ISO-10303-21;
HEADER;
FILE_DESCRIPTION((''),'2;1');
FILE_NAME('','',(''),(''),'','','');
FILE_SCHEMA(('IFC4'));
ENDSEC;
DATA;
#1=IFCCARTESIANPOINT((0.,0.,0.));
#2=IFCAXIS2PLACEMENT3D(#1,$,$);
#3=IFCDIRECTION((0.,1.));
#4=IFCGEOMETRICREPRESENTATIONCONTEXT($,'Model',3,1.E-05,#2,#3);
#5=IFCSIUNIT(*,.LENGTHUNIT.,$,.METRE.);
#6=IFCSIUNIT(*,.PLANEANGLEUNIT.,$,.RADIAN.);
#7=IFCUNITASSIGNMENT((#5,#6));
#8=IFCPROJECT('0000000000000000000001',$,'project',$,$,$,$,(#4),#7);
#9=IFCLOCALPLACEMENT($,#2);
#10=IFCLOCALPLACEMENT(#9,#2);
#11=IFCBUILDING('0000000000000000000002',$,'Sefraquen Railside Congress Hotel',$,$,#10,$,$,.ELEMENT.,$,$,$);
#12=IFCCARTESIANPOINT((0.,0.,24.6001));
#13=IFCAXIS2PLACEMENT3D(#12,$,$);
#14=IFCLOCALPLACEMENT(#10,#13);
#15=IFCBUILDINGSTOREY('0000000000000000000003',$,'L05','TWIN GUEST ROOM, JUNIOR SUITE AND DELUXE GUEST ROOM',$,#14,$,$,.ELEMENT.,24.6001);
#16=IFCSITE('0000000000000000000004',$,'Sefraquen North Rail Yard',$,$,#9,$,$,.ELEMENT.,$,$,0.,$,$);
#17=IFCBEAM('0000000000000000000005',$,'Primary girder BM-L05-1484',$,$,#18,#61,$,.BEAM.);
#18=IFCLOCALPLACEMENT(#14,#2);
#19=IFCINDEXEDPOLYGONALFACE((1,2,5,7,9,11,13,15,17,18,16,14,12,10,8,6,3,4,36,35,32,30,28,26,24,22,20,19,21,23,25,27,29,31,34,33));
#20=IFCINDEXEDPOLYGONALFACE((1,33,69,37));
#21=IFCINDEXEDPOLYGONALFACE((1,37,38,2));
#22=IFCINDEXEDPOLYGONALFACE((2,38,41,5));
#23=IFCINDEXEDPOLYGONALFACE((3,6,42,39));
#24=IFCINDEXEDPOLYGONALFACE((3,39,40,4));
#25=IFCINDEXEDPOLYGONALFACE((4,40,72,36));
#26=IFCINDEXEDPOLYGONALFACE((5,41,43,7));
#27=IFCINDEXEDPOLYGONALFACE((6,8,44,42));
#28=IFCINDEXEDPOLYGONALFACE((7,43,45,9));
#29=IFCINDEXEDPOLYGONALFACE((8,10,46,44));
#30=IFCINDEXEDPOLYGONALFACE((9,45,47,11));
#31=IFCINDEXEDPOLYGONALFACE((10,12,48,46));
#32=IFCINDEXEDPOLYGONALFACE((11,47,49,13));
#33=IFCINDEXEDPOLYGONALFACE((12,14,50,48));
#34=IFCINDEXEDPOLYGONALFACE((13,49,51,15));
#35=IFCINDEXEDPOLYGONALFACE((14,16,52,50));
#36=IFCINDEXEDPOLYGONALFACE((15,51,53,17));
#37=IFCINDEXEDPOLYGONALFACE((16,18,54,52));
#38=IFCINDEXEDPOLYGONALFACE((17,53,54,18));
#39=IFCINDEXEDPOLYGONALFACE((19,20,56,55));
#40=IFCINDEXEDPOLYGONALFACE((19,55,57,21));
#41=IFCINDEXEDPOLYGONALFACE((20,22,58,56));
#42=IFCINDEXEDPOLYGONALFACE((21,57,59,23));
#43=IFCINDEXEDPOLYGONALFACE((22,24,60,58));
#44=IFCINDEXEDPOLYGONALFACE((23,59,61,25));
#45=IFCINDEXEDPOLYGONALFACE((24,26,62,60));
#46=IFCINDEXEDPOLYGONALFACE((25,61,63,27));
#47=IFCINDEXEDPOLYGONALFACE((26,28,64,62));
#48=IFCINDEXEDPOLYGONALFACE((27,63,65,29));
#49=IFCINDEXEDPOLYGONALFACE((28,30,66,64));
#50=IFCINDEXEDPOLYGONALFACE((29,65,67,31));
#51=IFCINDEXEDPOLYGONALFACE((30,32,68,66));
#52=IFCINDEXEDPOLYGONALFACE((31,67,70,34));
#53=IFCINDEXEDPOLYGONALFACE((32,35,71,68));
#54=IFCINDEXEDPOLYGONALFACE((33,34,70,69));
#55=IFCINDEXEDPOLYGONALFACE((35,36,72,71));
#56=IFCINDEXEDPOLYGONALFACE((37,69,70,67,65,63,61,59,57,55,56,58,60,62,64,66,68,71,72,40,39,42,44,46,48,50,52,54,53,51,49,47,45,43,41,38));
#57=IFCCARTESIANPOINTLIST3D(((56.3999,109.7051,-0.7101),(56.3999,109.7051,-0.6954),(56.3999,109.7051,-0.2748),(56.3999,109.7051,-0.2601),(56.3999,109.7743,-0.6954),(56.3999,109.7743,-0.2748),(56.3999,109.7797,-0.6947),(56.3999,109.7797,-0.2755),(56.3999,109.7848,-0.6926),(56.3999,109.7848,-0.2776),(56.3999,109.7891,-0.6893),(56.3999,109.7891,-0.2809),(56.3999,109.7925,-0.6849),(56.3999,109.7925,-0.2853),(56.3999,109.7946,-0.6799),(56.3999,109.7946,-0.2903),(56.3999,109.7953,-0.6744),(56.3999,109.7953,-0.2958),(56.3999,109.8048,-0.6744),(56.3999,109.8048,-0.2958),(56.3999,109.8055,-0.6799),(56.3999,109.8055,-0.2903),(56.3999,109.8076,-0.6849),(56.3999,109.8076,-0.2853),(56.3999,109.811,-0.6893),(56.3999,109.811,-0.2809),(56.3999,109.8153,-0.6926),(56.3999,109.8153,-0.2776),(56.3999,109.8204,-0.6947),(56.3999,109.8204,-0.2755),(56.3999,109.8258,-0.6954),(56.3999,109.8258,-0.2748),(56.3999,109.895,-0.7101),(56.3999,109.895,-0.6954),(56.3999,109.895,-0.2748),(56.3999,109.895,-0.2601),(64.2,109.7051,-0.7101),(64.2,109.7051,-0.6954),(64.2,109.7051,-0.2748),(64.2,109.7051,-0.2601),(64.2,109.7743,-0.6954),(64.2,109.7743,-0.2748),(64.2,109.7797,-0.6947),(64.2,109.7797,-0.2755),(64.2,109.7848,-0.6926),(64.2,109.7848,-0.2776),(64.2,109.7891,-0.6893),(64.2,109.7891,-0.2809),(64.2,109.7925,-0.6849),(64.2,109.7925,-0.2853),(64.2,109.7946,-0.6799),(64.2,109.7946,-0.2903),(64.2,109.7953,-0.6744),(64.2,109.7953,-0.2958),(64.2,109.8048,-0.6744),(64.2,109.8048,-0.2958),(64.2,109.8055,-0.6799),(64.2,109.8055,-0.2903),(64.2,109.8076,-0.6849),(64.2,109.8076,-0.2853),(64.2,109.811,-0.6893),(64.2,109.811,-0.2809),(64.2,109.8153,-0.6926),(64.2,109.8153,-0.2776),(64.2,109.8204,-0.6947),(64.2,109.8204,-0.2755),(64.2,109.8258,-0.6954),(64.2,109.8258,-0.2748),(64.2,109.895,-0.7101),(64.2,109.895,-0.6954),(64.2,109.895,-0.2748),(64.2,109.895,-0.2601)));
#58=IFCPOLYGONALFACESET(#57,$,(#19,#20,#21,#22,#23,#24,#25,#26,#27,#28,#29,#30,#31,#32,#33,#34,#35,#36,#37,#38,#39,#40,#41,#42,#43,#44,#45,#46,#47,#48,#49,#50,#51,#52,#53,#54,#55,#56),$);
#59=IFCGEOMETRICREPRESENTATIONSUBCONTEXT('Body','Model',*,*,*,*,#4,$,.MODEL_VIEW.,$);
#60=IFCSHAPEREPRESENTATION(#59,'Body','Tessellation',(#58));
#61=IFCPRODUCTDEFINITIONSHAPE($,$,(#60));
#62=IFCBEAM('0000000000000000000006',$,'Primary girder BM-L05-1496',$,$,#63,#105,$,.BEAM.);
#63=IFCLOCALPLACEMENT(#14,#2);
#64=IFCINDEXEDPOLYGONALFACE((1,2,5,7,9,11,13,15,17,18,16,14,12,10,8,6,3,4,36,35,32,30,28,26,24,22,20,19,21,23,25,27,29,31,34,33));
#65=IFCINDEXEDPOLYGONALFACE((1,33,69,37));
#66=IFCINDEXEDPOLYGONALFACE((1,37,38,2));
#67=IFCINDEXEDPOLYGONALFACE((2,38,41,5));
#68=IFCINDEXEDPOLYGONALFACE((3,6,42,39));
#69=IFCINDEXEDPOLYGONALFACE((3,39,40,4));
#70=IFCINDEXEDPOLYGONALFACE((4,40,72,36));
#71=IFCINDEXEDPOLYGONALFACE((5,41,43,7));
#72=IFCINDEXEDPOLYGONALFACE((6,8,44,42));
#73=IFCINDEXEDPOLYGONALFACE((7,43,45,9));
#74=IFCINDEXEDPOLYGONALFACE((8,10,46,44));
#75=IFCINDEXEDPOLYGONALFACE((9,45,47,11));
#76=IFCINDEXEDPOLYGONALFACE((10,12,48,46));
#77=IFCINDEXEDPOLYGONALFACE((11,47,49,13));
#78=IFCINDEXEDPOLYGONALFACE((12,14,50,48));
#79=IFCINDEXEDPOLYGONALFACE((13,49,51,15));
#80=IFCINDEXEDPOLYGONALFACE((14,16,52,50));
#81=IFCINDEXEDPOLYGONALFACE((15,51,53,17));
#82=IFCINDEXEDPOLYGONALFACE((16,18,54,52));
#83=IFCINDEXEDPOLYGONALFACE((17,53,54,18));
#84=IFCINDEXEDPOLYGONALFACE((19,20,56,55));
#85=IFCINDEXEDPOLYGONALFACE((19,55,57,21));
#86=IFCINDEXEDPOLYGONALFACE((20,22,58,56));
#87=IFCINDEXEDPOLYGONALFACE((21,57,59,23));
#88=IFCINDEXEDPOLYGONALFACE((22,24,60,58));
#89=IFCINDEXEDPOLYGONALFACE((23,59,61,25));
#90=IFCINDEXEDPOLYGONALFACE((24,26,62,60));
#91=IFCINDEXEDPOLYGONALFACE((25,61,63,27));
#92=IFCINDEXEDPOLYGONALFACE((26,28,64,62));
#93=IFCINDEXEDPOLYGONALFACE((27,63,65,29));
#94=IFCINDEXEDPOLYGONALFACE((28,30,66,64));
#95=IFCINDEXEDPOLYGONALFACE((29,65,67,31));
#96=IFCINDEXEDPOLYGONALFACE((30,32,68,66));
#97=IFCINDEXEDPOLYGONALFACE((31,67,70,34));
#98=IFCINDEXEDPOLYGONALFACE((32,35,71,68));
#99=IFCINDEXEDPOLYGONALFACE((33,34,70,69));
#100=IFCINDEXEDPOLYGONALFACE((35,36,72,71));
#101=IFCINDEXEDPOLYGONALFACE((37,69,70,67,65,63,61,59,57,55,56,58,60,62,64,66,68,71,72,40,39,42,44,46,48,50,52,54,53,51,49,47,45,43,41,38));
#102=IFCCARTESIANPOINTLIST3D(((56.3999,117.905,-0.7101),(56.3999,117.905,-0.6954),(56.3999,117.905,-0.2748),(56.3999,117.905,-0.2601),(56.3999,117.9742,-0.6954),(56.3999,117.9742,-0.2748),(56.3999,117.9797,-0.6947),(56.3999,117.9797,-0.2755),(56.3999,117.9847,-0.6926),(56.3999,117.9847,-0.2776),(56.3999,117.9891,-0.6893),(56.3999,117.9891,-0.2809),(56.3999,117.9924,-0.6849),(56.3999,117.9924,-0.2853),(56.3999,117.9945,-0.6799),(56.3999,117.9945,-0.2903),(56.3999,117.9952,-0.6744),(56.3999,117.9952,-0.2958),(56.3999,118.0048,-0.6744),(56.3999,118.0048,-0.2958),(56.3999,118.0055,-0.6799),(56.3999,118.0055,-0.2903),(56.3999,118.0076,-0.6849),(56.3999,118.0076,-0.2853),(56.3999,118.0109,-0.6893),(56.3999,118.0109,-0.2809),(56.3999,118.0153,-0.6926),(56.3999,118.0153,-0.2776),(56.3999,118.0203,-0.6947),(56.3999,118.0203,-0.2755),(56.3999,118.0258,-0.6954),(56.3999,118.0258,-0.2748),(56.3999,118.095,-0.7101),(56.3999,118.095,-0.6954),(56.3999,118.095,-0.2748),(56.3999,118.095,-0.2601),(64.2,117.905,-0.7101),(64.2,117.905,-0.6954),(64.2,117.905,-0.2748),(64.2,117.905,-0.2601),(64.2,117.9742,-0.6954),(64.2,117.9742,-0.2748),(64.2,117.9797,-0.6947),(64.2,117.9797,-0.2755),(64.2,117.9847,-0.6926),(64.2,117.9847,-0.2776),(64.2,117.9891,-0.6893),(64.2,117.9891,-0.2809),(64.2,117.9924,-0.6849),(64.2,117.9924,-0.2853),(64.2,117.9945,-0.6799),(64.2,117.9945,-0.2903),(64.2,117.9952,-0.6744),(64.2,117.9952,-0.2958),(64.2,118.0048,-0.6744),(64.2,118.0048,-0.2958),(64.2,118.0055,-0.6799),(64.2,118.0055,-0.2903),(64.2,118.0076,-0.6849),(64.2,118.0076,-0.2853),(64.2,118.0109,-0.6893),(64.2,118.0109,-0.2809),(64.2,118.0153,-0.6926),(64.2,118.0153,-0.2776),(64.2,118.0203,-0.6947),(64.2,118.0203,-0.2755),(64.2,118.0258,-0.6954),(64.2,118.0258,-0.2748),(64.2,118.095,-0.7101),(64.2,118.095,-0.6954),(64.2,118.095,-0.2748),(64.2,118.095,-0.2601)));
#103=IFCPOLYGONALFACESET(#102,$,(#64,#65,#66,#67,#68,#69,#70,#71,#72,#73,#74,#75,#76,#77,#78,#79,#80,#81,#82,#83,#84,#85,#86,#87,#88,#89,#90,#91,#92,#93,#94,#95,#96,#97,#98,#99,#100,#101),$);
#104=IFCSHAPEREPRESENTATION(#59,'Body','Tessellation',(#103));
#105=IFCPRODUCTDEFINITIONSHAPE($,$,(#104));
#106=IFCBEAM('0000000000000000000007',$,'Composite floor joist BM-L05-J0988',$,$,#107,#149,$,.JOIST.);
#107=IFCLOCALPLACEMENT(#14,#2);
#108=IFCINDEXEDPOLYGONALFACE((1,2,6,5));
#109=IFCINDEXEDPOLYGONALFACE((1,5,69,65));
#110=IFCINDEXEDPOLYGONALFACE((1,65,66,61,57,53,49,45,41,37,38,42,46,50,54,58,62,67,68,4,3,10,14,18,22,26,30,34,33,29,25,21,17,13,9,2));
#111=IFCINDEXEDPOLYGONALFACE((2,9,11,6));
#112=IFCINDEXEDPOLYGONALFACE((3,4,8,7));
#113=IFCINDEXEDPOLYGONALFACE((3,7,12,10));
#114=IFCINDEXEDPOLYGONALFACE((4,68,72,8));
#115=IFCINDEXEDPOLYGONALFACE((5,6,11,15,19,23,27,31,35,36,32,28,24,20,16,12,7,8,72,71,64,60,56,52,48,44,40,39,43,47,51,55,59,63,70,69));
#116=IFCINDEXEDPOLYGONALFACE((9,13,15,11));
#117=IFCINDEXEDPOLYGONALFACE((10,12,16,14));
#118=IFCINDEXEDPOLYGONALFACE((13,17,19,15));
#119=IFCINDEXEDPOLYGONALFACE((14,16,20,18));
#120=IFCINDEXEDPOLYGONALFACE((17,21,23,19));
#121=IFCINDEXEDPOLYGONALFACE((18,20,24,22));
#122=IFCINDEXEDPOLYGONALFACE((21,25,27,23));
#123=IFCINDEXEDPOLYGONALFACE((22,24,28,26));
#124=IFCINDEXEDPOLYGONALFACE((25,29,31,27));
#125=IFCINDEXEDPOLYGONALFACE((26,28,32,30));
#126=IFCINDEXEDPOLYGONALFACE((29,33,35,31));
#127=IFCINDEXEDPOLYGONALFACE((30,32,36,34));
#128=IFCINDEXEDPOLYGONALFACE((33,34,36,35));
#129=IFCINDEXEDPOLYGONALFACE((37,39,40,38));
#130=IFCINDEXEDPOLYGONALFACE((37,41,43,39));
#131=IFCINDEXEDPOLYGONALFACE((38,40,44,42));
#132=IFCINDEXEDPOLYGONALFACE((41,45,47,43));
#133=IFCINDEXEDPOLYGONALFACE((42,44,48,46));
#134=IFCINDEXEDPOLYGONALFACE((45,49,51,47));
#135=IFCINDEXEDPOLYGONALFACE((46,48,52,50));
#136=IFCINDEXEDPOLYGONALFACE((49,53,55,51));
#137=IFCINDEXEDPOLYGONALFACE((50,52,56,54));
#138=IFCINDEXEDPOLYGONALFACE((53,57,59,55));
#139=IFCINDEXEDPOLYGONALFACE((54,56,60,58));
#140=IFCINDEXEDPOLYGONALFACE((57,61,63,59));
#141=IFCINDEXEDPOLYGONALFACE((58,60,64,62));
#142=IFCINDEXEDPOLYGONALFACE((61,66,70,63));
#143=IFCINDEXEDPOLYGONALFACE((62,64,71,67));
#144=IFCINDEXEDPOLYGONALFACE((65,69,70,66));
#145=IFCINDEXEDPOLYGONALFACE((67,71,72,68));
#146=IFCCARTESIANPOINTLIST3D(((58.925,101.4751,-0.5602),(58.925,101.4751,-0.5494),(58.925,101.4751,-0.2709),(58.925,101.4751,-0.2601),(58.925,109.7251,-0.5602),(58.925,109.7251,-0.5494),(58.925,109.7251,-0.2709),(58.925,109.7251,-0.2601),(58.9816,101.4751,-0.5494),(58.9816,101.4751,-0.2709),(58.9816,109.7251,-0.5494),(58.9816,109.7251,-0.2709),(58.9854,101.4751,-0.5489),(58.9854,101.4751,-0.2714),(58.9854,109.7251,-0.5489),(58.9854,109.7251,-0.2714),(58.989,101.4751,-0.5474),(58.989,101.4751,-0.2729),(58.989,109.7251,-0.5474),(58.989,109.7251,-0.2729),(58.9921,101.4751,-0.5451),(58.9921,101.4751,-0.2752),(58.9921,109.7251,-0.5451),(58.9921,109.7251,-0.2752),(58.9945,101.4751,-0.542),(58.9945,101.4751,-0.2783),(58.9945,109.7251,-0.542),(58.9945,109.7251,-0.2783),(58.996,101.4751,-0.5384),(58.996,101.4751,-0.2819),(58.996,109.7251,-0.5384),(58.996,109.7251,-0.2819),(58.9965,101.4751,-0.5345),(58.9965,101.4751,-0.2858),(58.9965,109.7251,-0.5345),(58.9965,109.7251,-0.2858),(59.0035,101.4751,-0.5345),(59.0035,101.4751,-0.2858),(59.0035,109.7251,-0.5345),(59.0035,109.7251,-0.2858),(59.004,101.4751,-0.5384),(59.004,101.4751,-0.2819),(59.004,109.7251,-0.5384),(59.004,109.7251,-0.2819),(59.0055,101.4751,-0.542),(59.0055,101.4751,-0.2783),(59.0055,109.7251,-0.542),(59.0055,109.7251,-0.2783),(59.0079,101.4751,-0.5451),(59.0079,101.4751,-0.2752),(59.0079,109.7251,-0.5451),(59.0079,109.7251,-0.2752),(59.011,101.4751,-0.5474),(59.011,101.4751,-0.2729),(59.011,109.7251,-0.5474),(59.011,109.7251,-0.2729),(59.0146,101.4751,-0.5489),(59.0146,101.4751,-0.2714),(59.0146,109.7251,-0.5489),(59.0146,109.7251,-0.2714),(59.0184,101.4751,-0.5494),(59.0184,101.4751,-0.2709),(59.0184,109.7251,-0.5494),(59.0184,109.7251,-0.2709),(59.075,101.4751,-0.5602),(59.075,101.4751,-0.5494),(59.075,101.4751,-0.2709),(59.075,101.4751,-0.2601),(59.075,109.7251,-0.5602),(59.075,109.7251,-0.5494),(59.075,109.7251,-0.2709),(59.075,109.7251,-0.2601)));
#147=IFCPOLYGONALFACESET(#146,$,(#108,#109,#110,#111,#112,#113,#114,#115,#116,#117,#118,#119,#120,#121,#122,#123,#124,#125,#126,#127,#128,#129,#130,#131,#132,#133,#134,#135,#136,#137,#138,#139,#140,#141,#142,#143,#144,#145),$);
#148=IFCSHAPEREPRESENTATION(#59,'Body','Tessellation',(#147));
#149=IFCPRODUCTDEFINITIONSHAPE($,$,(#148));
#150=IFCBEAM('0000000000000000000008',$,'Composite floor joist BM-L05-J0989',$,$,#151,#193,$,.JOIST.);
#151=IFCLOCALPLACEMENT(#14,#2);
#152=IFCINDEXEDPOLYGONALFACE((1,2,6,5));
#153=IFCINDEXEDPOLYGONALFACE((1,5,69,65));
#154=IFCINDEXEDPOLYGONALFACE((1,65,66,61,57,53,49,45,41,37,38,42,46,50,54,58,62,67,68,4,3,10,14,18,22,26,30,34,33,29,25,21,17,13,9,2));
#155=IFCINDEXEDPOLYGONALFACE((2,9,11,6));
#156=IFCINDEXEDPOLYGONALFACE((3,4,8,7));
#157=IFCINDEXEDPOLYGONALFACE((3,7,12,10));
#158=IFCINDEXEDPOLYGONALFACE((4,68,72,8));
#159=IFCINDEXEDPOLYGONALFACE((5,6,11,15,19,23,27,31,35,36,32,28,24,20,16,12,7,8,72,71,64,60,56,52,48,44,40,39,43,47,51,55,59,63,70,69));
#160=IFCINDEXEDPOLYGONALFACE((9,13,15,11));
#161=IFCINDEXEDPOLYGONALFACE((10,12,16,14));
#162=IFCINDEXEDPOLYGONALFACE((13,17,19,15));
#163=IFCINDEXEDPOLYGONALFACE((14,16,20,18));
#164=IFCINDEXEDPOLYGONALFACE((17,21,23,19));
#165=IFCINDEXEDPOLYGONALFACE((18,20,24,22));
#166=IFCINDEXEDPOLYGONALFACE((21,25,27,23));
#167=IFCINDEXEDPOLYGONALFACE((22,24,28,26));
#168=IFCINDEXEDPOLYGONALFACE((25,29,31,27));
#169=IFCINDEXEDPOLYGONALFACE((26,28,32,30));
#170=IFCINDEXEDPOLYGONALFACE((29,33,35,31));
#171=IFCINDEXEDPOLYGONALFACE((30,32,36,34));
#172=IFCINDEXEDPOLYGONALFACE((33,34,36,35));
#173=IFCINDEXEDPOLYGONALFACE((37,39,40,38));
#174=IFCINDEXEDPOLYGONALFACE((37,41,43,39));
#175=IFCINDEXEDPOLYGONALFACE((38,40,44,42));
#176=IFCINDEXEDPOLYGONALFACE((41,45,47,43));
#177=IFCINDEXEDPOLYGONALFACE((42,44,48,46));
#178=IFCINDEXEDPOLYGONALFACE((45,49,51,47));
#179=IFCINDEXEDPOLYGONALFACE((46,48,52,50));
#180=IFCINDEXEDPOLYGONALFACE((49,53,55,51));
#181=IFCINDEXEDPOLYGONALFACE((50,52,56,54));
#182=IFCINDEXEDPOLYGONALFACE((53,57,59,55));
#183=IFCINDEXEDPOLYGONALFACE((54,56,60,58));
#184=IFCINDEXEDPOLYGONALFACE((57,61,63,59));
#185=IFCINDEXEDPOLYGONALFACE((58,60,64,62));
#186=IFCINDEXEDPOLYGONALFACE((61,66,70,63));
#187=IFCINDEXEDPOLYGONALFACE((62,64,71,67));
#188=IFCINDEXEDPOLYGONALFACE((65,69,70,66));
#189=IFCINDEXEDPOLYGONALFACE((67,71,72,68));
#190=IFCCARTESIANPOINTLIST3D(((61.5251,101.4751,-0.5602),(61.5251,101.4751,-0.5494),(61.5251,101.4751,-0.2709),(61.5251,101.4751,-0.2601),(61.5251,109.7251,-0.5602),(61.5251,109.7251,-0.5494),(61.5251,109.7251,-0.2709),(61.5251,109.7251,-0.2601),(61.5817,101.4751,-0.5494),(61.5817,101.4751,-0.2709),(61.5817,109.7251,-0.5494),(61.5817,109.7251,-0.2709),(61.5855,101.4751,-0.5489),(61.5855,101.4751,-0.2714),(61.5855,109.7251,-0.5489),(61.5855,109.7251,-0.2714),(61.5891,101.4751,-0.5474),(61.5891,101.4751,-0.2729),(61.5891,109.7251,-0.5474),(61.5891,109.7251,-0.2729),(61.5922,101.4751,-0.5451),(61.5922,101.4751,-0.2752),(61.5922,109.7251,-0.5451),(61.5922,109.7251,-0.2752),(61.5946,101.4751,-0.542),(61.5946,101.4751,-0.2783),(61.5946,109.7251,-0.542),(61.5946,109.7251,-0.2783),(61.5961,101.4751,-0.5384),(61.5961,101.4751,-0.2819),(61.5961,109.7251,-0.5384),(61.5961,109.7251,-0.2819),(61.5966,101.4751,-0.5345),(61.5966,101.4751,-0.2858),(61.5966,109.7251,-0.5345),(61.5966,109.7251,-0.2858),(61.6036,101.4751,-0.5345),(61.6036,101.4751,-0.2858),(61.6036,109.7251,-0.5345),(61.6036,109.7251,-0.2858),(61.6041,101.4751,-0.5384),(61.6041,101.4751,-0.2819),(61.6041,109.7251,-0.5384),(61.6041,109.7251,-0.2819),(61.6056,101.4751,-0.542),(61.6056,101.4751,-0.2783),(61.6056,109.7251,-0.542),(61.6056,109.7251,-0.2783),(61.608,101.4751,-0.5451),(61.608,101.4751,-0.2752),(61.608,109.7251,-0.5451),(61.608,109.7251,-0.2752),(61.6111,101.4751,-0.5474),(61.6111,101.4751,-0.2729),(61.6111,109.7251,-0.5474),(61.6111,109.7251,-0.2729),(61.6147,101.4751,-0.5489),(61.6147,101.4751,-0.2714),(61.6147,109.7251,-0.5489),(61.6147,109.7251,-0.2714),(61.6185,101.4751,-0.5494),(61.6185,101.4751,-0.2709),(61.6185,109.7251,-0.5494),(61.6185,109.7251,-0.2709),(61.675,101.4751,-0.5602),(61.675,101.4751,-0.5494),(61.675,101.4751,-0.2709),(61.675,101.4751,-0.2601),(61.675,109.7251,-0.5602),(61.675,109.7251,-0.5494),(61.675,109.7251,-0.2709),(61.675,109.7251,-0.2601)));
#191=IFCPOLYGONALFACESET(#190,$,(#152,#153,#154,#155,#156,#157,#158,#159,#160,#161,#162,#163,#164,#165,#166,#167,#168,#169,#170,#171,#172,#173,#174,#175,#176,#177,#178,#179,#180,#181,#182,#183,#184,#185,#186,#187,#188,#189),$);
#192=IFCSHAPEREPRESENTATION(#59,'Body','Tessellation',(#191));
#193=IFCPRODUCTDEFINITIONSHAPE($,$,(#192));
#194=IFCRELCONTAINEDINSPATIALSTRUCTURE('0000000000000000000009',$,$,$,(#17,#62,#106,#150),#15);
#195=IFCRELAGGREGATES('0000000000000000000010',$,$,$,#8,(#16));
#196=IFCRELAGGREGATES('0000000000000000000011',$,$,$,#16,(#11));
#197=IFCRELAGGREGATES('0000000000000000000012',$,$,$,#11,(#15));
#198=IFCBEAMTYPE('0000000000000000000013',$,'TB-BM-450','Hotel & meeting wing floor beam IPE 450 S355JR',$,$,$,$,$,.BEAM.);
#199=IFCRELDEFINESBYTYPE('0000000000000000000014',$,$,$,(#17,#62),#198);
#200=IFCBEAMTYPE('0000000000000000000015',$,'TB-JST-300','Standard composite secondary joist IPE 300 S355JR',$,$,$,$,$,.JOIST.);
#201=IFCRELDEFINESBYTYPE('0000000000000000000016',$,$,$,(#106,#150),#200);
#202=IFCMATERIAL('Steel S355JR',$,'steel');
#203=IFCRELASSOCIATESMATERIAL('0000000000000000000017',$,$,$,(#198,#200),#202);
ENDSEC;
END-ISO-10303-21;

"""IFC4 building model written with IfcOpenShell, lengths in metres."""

from ifc_helpers import new_model, si_unit, direction, frame, origin, origin_2d, place, context, subcontext, project, spatial, i_section, extrude, material, material_profile, profile_set, type_object, element, save


model = new_model("IFC4")

# Units and contexts
model_context = context("Model", 3, precision=1e-05, world=origin(), true_north=direction((0.0, 1.0)))
body_context = subcontext(model_context, "Body", "Model", "MODEL_VIEW")
ifc_project = project(units=[si_unit("LENGTHUNIT", "METRE"), si_unit("PLANEANGLEUNIT", "RADIAN")], contexts=[model_context])

# Site, building, storey
site_placement = place(None, origin())
site = spatial("IfcSite", under=ifc_project, at=site_placement, Name="Sefraquen North Rail Yard", CompositionType="ELEMENT", RefElevation=0.0)
building_placement = place(site_placement, origin())
building = spatial("IfcBuilding", under=site, at=building_placement, Name="Sefraquen Railside Congress Hotel", CompositionType="ELEMENT")
storey_placement = place(building_placement, frame((0.0, 0.0, 24.6001)))
storey = spatial("IfcBuildingStorey", under=building, at=storey_placement, Name="L05", Description="TWIN GUEST ROOM, JUNIOR SUITE AND DELUXE GUEST ROOM", CompositionType="ELEMENT", Elevation=24.6001)

# Shared definitions
ifc_material_1 = material(Name="Steel S355JR", Category="steel")

# Beams
ifc_material_profile_1 = material_profile(ifc_material_1, i_section(OverallWidth=0.1899, OverallDepth=0.45, WebThickness=0.0095, FlangeThickness=0.0146, FilletRadius=0.021, at=origin_2d()), Name="IPE 450")
ifc_profile_set_1 = profile_set([ifc_material_profile_1], Name="Steel S355JR")
beam_type_1 = type_object("IfcBeamType", Name="TB-BM-450", Description="Hotel & meeting wing floor beam IPE 450 S355JR", PredefinedType="BEAM", material=ifc_profile_set_1)
for number, where, z_axis, x_axis, name in (
    (1, (56.3999, 109.8, -0.4851), (1.0, 0.0, 0.0), (0.0, 1.0, 0.0), "Primary girder BM-L05-1484"),
    (2, (56.3999, 118.0, -0.4851), (1.0, 0.0, 0.0), (0.0, 1.0, 0.0), "Primary girder BM-L05-1496"),
):
    element("IfcBeam", number, at=place(storey_placement, frame(where, z_axis=z_axis, x_axis=x_axis)), inside=storey, type_object=beam_type_1, Name=name, PredefinedType="BEAM", context=body_context, shape_type="SweptSolid", body=[
        extrude(i_section(OverallWidth=0.1899, OverallDepth=0.45, WebThickness=0.0095, FlangeThickness=0.0146, FilletRadius=0.021, at=origin_2d()), origin(), (0.0, 0.0, 1.0), 7.8),
    ])
ifc_material_profile_2 = material_profile(ifc_material_1, i_section(OverallWidth=0.1499, OverallDepth=0.3, WebThickness=0.0071, FlangeThickness=0.0107, FilletRadius=0.0149, at=origin_2d()), Name="IPE 300")
ifc_profile_set_2 = profile_set([ifc_material_profile_2], Name="Steel S355JR")
beam_type_2 = type_object("IfcBeamType", Name="TB-JST-300", Description="Standard composite secondary joist IPE 300 S355JR", PredefinedType="JOIST", material=ifc_profile_set_2)
for number, where, z_axis, x_axis, name in (
    (3, (59.0, 101.4751, -0.4102), (0.0, 1.0, 0.0), (-1.0, 0.0, 0.0), "Composite floor joist BM-L05-J0988"),
    (4, (61.6001, 101.4751, -0.4102), (0.0, 1.0, 0.0), (-1.0, 0.0, 0.0), "Composite floor joist BM-L05-J0989"),
):
    element("IfcBeam", number, at=place(storey_placement, frame(where, z_axis=z_axis, x_axis=x_axis)), inside=storey, type_object=beam_type_2, Name=name, PredefinedType="JOIST", context=body_context, shape_type="SweptSolid", body=[
        extrude(i_section(OverallWidth=0.1499, OverallDepth=0.3, WebThickness=0.0071, FlangeThickness=0.0107, FilletRadius=0.0149, at=origin_2d()), origin(), (0.0, 0.0, 1.0), 8.25),
    ])

save(model, "model.ifc")
